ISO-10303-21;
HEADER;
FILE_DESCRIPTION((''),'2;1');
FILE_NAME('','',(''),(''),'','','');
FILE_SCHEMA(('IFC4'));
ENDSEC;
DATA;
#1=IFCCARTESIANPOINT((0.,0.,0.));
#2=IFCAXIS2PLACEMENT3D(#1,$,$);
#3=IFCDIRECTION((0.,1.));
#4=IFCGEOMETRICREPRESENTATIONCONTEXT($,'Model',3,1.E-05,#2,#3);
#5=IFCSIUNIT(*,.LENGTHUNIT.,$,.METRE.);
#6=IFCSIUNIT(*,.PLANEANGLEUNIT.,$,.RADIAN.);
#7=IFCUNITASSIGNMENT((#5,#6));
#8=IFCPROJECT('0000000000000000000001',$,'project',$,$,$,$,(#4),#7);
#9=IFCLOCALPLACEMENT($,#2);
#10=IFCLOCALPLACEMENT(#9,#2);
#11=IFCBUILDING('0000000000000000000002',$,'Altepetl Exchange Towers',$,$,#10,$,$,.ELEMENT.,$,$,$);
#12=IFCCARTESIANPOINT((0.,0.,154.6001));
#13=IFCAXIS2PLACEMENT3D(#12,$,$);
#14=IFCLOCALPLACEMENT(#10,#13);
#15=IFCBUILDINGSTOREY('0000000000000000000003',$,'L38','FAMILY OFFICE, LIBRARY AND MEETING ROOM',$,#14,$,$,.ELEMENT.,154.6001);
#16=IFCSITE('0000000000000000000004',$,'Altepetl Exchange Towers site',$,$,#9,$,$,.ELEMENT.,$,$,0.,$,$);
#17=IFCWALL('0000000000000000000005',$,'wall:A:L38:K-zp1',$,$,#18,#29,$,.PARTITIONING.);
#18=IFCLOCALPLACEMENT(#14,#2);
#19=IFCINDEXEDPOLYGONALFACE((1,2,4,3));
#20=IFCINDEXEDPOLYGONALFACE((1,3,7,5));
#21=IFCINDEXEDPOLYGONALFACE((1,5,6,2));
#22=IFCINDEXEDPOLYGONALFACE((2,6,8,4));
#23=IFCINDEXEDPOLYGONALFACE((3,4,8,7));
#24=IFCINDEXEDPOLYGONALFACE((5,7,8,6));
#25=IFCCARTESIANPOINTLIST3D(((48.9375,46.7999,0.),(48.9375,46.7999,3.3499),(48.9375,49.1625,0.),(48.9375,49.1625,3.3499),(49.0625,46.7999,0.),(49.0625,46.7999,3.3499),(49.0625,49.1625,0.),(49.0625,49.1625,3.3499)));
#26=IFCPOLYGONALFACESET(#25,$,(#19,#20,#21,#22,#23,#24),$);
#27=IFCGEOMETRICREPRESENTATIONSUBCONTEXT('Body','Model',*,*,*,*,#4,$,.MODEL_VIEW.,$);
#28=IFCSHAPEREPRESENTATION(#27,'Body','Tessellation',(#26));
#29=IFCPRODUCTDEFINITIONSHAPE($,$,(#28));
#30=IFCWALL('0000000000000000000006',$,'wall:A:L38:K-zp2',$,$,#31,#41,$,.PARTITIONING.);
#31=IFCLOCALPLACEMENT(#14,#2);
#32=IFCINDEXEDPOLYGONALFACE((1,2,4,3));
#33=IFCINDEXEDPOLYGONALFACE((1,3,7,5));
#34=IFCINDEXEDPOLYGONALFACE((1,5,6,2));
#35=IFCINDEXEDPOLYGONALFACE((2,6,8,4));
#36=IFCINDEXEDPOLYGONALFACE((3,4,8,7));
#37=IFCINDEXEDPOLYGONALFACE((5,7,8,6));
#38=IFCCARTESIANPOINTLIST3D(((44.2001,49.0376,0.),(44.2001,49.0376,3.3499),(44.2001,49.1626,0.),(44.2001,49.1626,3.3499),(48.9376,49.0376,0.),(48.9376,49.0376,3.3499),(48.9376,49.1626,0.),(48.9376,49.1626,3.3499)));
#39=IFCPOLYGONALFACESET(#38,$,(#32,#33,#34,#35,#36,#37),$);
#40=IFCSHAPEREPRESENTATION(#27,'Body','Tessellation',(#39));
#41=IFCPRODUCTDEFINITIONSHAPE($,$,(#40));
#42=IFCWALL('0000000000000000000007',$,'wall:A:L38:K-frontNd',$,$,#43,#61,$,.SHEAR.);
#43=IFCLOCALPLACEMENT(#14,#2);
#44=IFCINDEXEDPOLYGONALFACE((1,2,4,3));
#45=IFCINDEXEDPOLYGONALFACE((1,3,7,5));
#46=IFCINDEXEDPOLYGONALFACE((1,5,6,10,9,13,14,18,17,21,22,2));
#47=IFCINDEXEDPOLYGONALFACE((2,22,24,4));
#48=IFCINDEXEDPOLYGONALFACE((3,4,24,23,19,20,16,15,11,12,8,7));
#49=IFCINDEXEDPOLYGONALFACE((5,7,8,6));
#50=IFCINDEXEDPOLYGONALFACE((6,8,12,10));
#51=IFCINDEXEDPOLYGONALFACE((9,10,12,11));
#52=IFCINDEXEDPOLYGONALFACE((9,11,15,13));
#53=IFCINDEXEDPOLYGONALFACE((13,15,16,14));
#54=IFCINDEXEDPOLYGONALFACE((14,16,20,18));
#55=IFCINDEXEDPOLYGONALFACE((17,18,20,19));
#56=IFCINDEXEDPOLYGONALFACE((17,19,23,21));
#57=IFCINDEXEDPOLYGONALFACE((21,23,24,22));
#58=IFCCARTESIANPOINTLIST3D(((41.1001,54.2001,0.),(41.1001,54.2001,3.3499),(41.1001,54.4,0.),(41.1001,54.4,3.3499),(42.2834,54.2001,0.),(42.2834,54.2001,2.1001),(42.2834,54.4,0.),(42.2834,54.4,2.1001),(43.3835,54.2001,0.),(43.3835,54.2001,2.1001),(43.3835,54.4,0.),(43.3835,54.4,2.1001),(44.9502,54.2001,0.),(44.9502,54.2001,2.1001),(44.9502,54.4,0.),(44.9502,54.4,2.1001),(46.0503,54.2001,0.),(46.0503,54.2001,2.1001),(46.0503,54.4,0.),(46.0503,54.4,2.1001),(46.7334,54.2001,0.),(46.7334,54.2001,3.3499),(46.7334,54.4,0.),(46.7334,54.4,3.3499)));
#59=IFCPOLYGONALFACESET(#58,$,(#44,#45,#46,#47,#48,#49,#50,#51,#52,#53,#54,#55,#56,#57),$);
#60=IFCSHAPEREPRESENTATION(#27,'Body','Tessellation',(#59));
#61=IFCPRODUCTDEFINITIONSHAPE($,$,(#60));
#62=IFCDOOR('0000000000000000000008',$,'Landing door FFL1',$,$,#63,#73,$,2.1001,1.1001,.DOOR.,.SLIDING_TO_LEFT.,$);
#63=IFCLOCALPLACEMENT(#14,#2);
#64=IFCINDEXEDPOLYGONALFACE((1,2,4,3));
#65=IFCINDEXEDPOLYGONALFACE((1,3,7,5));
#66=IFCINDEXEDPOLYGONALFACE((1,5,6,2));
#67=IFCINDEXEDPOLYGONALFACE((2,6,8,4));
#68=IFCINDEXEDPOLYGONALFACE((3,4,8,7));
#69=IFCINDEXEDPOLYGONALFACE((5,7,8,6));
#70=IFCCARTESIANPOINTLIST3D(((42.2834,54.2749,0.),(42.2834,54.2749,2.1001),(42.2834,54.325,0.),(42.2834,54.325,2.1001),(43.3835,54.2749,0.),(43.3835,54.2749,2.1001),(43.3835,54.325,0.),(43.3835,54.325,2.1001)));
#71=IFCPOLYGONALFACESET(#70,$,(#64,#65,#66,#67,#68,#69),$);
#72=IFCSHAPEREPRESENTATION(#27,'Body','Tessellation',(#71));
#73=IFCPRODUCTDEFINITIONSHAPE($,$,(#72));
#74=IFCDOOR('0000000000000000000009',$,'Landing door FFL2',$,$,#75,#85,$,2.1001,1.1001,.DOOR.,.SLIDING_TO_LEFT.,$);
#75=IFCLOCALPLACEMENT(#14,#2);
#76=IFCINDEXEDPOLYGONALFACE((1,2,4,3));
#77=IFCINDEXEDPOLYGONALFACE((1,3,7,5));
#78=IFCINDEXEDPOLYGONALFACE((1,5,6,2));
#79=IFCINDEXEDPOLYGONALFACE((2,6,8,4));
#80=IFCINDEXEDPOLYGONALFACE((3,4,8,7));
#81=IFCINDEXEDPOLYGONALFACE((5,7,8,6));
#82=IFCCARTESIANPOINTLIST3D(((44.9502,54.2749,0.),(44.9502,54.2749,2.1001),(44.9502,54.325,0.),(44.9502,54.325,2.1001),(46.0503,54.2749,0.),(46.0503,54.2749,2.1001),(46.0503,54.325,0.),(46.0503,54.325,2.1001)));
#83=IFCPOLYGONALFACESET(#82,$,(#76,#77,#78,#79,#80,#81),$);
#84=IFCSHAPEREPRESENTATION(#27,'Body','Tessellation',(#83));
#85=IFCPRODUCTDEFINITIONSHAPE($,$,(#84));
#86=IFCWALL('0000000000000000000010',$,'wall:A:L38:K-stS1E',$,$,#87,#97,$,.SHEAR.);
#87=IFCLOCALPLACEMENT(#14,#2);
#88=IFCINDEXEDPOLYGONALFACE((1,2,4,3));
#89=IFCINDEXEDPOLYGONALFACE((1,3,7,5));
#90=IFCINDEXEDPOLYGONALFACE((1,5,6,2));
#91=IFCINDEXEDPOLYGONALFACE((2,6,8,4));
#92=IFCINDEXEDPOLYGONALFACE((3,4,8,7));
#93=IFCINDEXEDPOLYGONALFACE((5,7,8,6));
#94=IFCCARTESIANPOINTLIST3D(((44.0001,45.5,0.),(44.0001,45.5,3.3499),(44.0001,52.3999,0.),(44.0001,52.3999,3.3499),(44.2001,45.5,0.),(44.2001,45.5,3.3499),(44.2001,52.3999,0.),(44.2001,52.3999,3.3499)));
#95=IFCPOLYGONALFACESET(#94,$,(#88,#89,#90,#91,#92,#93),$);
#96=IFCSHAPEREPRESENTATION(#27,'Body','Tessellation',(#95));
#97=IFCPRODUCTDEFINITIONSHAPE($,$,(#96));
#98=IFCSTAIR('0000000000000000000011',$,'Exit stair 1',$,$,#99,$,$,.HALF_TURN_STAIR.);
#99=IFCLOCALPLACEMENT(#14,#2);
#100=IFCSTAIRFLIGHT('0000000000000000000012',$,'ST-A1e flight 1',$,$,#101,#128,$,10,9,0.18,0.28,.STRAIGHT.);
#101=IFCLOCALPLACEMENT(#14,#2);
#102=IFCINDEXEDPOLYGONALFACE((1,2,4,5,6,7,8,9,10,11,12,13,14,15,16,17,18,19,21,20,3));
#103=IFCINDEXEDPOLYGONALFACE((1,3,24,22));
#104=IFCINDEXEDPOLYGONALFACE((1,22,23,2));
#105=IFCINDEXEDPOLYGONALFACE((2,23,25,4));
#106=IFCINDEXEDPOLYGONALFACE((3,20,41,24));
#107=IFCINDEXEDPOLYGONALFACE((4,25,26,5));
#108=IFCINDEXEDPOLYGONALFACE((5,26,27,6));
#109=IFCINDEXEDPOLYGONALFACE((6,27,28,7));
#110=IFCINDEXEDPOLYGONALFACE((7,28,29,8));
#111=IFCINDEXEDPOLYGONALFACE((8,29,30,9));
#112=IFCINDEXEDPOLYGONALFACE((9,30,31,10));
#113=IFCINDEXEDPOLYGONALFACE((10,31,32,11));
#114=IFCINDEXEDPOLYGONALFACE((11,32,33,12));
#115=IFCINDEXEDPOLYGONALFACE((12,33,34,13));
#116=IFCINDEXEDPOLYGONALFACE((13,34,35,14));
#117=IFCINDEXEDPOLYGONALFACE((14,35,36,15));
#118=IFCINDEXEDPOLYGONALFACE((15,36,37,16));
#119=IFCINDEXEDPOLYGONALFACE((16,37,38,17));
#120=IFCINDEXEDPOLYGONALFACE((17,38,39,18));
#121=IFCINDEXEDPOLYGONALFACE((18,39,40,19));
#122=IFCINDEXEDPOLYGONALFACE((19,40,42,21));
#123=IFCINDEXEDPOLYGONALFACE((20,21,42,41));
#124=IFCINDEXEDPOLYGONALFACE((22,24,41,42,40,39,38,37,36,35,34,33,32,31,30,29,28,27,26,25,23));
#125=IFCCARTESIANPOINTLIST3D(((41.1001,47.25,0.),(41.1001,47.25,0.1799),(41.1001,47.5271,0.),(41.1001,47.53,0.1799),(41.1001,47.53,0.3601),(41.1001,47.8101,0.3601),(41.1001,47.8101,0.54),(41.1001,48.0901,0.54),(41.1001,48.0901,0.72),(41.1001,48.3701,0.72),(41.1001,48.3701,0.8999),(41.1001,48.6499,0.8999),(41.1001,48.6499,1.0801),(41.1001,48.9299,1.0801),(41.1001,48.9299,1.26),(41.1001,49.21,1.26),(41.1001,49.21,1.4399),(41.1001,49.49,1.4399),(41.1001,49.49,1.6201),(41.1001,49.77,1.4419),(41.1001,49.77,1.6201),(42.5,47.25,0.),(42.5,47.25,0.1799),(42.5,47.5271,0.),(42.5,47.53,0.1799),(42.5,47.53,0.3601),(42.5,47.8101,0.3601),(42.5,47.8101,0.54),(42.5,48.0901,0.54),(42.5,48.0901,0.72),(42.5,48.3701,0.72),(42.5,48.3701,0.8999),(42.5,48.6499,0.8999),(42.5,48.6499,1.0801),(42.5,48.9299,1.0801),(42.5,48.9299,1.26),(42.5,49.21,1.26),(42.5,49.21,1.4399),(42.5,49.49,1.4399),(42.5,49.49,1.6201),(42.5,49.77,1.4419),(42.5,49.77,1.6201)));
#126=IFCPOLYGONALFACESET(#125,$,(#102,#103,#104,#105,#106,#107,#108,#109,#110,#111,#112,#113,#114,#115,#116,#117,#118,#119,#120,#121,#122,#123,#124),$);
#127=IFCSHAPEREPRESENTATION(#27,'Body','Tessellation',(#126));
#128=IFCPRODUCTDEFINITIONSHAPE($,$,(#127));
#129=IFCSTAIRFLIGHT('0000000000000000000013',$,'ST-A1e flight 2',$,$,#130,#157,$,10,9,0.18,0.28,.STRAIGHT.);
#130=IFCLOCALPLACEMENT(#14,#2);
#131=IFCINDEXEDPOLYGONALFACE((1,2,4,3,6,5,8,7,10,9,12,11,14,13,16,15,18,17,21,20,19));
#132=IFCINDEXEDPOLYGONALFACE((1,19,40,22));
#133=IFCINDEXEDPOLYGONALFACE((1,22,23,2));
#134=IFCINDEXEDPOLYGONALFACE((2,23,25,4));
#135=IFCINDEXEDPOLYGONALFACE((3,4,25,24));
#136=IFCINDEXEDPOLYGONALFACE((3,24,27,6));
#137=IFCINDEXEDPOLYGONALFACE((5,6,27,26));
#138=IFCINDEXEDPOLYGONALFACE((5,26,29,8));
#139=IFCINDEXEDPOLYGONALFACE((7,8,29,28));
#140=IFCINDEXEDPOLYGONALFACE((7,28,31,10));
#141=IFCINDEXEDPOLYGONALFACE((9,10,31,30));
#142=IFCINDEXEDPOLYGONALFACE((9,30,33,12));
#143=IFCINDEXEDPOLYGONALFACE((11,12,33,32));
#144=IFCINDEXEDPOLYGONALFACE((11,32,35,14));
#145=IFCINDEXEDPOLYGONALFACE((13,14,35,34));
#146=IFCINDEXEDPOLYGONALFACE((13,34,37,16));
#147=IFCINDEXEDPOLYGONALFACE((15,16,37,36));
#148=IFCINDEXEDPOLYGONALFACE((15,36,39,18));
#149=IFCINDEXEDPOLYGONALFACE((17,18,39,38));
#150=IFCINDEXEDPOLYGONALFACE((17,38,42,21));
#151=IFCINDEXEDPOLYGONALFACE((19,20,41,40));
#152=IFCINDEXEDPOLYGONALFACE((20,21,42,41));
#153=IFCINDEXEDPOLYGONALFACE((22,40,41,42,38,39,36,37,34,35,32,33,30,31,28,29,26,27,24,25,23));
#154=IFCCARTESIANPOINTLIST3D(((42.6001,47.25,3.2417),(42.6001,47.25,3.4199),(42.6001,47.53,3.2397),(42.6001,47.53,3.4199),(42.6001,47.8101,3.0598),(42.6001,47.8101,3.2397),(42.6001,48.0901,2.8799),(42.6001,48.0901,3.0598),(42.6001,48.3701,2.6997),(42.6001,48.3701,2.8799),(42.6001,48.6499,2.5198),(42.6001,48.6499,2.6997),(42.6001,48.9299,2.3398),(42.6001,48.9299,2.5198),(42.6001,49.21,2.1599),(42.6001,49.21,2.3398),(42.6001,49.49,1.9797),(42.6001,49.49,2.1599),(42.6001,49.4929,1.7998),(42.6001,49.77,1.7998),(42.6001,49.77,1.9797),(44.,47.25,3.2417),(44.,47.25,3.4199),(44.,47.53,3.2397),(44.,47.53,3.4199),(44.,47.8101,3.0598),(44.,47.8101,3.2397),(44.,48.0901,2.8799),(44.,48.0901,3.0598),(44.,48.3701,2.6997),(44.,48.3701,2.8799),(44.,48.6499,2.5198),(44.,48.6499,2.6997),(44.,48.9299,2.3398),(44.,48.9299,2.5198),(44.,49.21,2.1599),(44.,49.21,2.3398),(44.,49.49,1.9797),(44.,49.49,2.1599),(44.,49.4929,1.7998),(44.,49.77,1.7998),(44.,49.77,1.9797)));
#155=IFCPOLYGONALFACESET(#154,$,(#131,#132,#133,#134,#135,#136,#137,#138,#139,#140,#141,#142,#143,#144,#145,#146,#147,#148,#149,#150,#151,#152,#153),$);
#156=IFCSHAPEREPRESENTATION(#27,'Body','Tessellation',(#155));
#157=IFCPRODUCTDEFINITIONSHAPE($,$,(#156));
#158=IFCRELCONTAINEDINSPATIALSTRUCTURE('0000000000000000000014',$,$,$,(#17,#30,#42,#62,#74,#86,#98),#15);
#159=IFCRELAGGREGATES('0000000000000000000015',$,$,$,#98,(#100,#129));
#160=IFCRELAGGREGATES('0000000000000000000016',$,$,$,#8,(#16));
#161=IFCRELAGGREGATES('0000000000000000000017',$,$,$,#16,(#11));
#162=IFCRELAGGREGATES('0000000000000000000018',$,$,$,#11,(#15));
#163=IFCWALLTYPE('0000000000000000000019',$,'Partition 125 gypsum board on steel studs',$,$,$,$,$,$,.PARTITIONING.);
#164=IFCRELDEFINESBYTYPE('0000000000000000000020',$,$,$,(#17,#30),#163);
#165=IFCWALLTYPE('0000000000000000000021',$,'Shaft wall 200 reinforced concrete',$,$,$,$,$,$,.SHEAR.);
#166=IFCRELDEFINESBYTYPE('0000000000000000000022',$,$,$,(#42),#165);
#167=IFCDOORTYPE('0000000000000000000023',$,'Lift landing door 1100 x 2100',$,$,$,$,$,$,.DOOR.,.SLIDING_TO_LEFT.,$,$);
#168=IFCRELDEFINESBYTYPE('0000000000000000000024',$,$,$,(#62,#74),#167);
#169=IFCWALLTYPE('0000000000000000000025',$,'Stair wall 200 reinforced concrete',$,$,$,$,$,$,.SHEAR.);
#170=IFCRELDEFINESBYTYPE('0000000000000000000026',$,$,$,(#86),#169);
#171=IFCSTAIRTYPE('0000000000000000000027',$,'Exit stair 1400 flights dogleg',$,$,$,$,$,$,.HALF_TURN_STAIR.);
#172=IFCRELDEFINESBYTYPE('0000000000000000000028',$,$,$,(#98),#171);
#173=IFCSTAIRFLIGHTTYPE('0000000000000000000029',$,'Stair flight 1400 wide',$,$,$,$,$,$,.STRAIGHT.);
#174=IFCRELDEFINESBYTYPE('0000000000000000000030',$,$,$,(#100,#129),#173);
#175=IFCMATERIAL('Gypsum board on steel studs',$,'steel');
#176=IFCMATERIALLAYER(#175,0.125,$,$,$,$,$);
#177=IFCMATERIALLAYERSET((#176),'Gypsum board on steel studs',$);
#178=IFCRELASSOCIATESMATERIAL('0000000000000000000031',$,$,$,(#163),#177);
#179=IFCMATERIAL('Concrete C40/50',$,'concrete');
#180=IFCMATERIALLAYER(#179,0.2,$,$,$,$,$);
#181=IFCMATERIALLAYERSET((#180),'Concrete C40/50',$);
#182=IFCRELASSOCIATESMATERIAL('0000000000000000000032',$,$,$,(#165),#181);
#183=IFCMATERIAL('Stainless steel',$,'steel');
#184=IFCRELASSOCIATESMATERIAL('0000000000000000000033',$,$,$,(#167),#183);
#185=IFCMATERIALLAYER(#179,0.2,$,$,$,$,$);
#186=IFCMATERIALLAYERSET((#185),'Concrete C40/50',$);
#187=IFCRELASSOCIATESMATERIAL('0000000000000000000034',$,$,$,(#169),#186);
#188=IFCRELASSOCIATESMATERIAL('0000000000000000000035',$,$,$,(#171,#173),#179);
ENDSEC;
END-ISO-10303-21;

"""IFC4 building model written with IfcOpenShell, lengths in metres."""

from ifc_helpers import new_model, si_unit, direction, frame, frame_2d, origin, place, context, subcontext, project, spatial, polyline, rectangle, outline, extrude, material, layer, layer_set, type_object, element, fill, aggregate, save


model = new_model("IFC4")

# Units and contexts
model_context = context("Model", 3, precision=1e-05, world=origin(), true_north=direction((0.0, 1.0)))
body_context = subcontext(model_context, "Body", "Model", "MODEL_VIEW")
ifc_project = project(units=[si_unit("LENGTHUNIT", "METRE"), si_unit("PLANEANGLEUNIT", "RADIAN")], contexts=[model_context])

# Site, building, storey
site_placement = place(None, origin())
site = spatial("IfcSite", under=ifc_project, at=site_placement, Name="Altepetl Exchange Towers site", CompositionType="ELEMENT", RefElevation=0.0)
building_placement = place(site_placement, origin())
building = spatial("IfcBuilding", under=site, at=building_placement, Name="Altepetl Exchange Towers", CompositionType="ELEMENT")
storey_placement = place(building_placement, frame((0.0, 0.0, 154.6001)))
storey = spatial("IfcBuildingStorey", under=building, at=storey_placement, Name="L38", Description="FAMILY OFFICE, LIBRARY AND MEETING ROOM", CompositionType="ELEMENT", Elevation=154.6001)

# Walls
ifc_material_1 = material(Name="Gypsum board on steel studs", Category="steel")
ifc_layer_1 = layer(ifc_material_1, 0.125)
ifc_layer_set_1 = layer_set([ifc_layer_1], Name="Gypsum board on steel studs")
wall_type_1 = type_object("IfcWallType", Name="Partition 125 gypsum board on steel studs", PredefinedType="PARTITIONING", material=ifc_layer_set_1)
wall_1_placement = place(storey_placement, frame((49.0, 46.8, 0.0), z_axis=(0.0, 0.0, 1.0), x_axis=(0.0, 1.0, 0.0)))
element("IfcWall", 1, at=wall_1_placement, inside=storey, type_object=wall_type_1, Name="wall:A:L38:K-zp1", PredefinedType="PARTITIONING", context=body_context, shape_type="SweptSolid", body=[
    extrude(rectangle(XDim=2.3625, YDim=0.125, at=frame_2d((1.1812, 0.0))), origin(), (0.0, 0.0, 1.0), 3.3499),
])
wall_2_placement = place(storey_placement, frame((48.9375, 49.1001, 0.0), z_axis=(0.0, 0.0, 1.0), x_axis=(-1.0, 0.0, 0.0)))
element("IfcWall", 2, at=wall_2_placement, inside=storey, type_object=wall_type_1, Name="wall:A:L38:K-zp2", PredefinedType="PARTITIONING", context=body_context, shape_type="SweptSolid", body=[
    extrude(rectangle(XDim=4.7375, YDim=0.125, at=frame_2d((2.3687, 0.0))), origin(), (0.0, 0.0, 1.0), 3.3499),
])

# Wall, openings, doors
ifc_material_2 = material(Name="Concrete C40/50", Category="concrete")
ifc_layer_2 = layer(ifc_material_2, 0.2)
ifc_layer_set_2 = layer_set([ifc_layer_2], Name="Concrete C40/50")
wall_type_2 = type_object("IfcWallType", Name="Shaft wall 200 reinforced concrete", PredefinedType="SHEAR", material=ifc_layer_set_2)
wall_3_placement = place(storey_placement, frame((41.1001, 54.3, 0.0)))
wall_3 = element("IfcWall", 3, at=wall_3_placement, inside=storey, type_object=wall_type_2, Name="wall:A:L38:K-frontNd", PredefinedType="SHEAR", context=body_context, shape_type="SweptSolid", body=[
    extrude(rectangle(XDim=5.6333, YDim=0.2, at=frame_2d((2.8167, 0.0))), origin(), (0.0, 0.0, 1.0), 3.3499),
])
opening_1_placement = place(wall_3_placement, frame((1.1833, 0.0, 0.0)))
opening_1 = element("IfcOpeningElement", 4, at=opening_1_placement, cuts=wall_3, PredefinedType="OPENING", context=body_context, shape_type="SweptSolid", body=[
    extrude(rectangle(XDim=1.1001, YDim=2.1001, at=frame_2d((0.55, 1.05))), frame((0.0, 0.1099, 0.0), z_axis=(0.0, -1.0, 0.0), x_axis=(1.0, 0.0, 0.0)), (0.0, 0.0, 1.0), 0.22),
])
opening_2_placement = place(wall_3_placement, frame((3.8501, 0.0, 0.0)))
opening_2 = element("IfcOpeningElement", 5, at=opening_2_placement, cuts=wall_3, PredefinedType="OPENING", context=body_context, shape_type="SweptSolid", body=[
    extrude(rectangle(XDim=1.1001, YDim=2.1001, at=frame_2d((0.55, 1.05))), frame((0.0, 0.1099, 0.0), z_axis=(0.0, -1.0, 0.0), x_axis=(1.0, 0.0, 0.0)), (0.0, 0.0, 1.0), 0.22),
])
ifc_material_3 = material(Name="Stainless steel", Category="steel")
door_type_1 = type_object("IfcDoorType", Name="Lift landing door 1100 x 2100", OperationType="SLIDING_TO_LEFT", PredefinedType="DOOR", material=ifc_material_3)
door_1_placement = place(opening_1_placement, origin())
door_1 = element("IfcDoor", 6, at=door_1_placement, inside=storey, type_object=door_type_1, Name="Landing door FFL1", OperationType="SLIDING_TO_LEFT", OverallHeight=2.1001, OverallWidth=1.1001, PredefinedType="DOOR", context=body_context, shape_type="SweptSolid", body=[
    extrude(rectangle(XDim=1.1001, YDim=2.1001, at=frame_2d((0.55, 1.05))), frame((0.0, 0.0249, 0.0), z_axis=(0.0, -1.0, 0.0), x_axis=(1.0, 0.0, 0.0)), (0.0, 0.0, 1.0), 0.05),
])
fill(opening_1, door_1)
door_2_placement = place(opening_2_placement, origin())
door_2 = element("IfcDoor", 7, at=door_2_placement, inside=storey, type_object=door_type_1, Name="Landing door FFL2", OperationType="SLIDING_TO_LEFT", OverallHeight=2.1001, OverallWidth=1.1001, PredefinedType="DOOR", context=body_context, shape_type="SweptSolid", body=[
    extrude(rectangle(XDim=1.1001, YDim=2.1001, at=frame_2d((0.55, 1.05))), frame((0.0, 0.0249, 0.0), z_axis=(0.0, -1.0, 0.0), x_axis=(1.0, 0.0, 0.0)), (0.0, 0.0, 1.0), 0.05),
])
fill(opening_2, door_2)

# Wall
ifc_layer_3 = layer(ifc_material_2, 0.2)
ifc_layer_set_3 = layer_set([ifc_layer_3], Name="Concrete C40/50")
wall_type_3 = type_object("IfcWallType", Name="Stair wall 200 reinforced concrete", PredefinedType="SHEAR", material=ifc_layer_set_3)
wall_4_placement = place(storey_placement, frame((44.1001, 45.5, 0.0), z_axis=(0.0, 0.0, 1.0), x_axis=(0.0, 1.0, 0.0)))
element("IfcWall", 8, at=wall_4_placement, inside=storey, type_object=wall_type_3, Name="wall:A:L38:K-stS1E", PredefinedType="SHEAR", context=body_context, shape_type="SweptSolid", body=[
    extrude(rectangle(XDim=6.8999, YDim=0.2, at=frame_2d((3.45, 0.0))), origin(), (0.0, 0.0, 1.0), 3.3499),
])

# Stair, stair flights
stair_type = type_object("IfcStairType", Name="Exit stair 1400 flights dogleg", PredefinedType="HALF_TURN_STAIR", material=ifc_material_2)
stair_placement = place(storey_placement, origin())
stair = element("IfcStair", 9, at=stair_placement, inside=storey, type_object=stair_type, Name="Exit stair 1", PredefinedType="HALF_TURN_STAIR")
stair_flight_type = type_object("IfcStairFlightType", Name="Stair flight 1400 wide", PredefinedType="STRAIGHT", material=ifc_material_2)
stair_flight_1_placement = place(storey_placement, frame((41.8, 47.25, 0.0), z_axis=(0.0, 0.0, 1.0), x_axis=(0.0, 1.0, 0.0)))
stair_flight_1 = element("IfcStairFlight", 10, at=stair_flight_1_placement, type_object=stair_flight_type, Name="ST-A1e flight 1", NumberOfRisers=10, NumberOfTreads=9, PredefinedType="STRAIGHT", RiserHeight=0.18, TreadLength=0.28, context=body_context, shape_type="SweptSolid", body=[
    extrude(outline(polyline([(0.0, 0.0), (0.0, 0.1799), (0.28, 0.1799), (0.28, 0.3601), (0.5601, 0.3601), (0.5601, 0.54), (0.8401, 0.54), (0.8401, 0.72), (1.1201, 0.72), (1.1201, 0.8999), (1.3999, 0.8999), (1.3999, 1.0801), (1.6799, 1.0801), (1.6799, 1.26), (1.96, 1.26), (1.96, 1.4399), (2.24, 1.4399), (2.24, 1.6201), (2.52, 1.6201), (2.52, 1.8), (2.52, 1.4419), (0.2771, 0.0), (0.0, 0.0)])), frame((0.0, 0.7, 0.0), z_axis=(0.0, -1.0, 0.0), x_axis=(1.0, 0.0, 0.0)), (0.0, 0.0, 1.0), 1.3999),
])
stair_flight_2_placement = place(storey_placement, frame((43.3, 49.77, 1.7998), z_axis=(0.0, 0.0, 1.0), x_axis=(0.0, -1.0, 0.0)))
stair_flight_2 = element("IfcStairFlight", 11, at=stair_flight_2_placement, type_object=stair_flight_type, Name="ST-A1e flight 2", NumberOfRisers=10, NumberOfTreads=9, PredefinedType="STRAIGHT", RiserHeight=0.18, TreadLength=0.28, context=body_context, shape_type="SweptSolid", body=[
    extrude(outline(polyline([(0.0, 0.0), (0.0, 0.1799), (0.28, 0.1799), (0.28, 0.3601), (0.5601, 0.3601), (0.5601, 0.54), (0.8401, 0.54), (0.8401, 0.72), (1.1201, 0.72), (1.1201, 0.8999), (1.3999, 0.8999), (1.3999, 1.0801), (1.6799, 1.0801), (1.6799, 1.26), (1.96, 1.26), (1.96, 1.4399), (2.24, 1.4399), (2.24, 1.6201), (2.52, 1.6201), (2.52, 1.8), (2.52, 1.4419), (0.2771, 0.0), (0.0, 0.0)])), frame((0.0, 0.7, 0.0), z_axis=(0.0, -1.0, 0.0), x_axis=(1.0, 0.0, 0.0)), (0.0, 0.0, 1.0), 1.3999),
])
aggregate(stair, [stair_flight_1, stair_flight_2])

save(model, "model.ifc")
